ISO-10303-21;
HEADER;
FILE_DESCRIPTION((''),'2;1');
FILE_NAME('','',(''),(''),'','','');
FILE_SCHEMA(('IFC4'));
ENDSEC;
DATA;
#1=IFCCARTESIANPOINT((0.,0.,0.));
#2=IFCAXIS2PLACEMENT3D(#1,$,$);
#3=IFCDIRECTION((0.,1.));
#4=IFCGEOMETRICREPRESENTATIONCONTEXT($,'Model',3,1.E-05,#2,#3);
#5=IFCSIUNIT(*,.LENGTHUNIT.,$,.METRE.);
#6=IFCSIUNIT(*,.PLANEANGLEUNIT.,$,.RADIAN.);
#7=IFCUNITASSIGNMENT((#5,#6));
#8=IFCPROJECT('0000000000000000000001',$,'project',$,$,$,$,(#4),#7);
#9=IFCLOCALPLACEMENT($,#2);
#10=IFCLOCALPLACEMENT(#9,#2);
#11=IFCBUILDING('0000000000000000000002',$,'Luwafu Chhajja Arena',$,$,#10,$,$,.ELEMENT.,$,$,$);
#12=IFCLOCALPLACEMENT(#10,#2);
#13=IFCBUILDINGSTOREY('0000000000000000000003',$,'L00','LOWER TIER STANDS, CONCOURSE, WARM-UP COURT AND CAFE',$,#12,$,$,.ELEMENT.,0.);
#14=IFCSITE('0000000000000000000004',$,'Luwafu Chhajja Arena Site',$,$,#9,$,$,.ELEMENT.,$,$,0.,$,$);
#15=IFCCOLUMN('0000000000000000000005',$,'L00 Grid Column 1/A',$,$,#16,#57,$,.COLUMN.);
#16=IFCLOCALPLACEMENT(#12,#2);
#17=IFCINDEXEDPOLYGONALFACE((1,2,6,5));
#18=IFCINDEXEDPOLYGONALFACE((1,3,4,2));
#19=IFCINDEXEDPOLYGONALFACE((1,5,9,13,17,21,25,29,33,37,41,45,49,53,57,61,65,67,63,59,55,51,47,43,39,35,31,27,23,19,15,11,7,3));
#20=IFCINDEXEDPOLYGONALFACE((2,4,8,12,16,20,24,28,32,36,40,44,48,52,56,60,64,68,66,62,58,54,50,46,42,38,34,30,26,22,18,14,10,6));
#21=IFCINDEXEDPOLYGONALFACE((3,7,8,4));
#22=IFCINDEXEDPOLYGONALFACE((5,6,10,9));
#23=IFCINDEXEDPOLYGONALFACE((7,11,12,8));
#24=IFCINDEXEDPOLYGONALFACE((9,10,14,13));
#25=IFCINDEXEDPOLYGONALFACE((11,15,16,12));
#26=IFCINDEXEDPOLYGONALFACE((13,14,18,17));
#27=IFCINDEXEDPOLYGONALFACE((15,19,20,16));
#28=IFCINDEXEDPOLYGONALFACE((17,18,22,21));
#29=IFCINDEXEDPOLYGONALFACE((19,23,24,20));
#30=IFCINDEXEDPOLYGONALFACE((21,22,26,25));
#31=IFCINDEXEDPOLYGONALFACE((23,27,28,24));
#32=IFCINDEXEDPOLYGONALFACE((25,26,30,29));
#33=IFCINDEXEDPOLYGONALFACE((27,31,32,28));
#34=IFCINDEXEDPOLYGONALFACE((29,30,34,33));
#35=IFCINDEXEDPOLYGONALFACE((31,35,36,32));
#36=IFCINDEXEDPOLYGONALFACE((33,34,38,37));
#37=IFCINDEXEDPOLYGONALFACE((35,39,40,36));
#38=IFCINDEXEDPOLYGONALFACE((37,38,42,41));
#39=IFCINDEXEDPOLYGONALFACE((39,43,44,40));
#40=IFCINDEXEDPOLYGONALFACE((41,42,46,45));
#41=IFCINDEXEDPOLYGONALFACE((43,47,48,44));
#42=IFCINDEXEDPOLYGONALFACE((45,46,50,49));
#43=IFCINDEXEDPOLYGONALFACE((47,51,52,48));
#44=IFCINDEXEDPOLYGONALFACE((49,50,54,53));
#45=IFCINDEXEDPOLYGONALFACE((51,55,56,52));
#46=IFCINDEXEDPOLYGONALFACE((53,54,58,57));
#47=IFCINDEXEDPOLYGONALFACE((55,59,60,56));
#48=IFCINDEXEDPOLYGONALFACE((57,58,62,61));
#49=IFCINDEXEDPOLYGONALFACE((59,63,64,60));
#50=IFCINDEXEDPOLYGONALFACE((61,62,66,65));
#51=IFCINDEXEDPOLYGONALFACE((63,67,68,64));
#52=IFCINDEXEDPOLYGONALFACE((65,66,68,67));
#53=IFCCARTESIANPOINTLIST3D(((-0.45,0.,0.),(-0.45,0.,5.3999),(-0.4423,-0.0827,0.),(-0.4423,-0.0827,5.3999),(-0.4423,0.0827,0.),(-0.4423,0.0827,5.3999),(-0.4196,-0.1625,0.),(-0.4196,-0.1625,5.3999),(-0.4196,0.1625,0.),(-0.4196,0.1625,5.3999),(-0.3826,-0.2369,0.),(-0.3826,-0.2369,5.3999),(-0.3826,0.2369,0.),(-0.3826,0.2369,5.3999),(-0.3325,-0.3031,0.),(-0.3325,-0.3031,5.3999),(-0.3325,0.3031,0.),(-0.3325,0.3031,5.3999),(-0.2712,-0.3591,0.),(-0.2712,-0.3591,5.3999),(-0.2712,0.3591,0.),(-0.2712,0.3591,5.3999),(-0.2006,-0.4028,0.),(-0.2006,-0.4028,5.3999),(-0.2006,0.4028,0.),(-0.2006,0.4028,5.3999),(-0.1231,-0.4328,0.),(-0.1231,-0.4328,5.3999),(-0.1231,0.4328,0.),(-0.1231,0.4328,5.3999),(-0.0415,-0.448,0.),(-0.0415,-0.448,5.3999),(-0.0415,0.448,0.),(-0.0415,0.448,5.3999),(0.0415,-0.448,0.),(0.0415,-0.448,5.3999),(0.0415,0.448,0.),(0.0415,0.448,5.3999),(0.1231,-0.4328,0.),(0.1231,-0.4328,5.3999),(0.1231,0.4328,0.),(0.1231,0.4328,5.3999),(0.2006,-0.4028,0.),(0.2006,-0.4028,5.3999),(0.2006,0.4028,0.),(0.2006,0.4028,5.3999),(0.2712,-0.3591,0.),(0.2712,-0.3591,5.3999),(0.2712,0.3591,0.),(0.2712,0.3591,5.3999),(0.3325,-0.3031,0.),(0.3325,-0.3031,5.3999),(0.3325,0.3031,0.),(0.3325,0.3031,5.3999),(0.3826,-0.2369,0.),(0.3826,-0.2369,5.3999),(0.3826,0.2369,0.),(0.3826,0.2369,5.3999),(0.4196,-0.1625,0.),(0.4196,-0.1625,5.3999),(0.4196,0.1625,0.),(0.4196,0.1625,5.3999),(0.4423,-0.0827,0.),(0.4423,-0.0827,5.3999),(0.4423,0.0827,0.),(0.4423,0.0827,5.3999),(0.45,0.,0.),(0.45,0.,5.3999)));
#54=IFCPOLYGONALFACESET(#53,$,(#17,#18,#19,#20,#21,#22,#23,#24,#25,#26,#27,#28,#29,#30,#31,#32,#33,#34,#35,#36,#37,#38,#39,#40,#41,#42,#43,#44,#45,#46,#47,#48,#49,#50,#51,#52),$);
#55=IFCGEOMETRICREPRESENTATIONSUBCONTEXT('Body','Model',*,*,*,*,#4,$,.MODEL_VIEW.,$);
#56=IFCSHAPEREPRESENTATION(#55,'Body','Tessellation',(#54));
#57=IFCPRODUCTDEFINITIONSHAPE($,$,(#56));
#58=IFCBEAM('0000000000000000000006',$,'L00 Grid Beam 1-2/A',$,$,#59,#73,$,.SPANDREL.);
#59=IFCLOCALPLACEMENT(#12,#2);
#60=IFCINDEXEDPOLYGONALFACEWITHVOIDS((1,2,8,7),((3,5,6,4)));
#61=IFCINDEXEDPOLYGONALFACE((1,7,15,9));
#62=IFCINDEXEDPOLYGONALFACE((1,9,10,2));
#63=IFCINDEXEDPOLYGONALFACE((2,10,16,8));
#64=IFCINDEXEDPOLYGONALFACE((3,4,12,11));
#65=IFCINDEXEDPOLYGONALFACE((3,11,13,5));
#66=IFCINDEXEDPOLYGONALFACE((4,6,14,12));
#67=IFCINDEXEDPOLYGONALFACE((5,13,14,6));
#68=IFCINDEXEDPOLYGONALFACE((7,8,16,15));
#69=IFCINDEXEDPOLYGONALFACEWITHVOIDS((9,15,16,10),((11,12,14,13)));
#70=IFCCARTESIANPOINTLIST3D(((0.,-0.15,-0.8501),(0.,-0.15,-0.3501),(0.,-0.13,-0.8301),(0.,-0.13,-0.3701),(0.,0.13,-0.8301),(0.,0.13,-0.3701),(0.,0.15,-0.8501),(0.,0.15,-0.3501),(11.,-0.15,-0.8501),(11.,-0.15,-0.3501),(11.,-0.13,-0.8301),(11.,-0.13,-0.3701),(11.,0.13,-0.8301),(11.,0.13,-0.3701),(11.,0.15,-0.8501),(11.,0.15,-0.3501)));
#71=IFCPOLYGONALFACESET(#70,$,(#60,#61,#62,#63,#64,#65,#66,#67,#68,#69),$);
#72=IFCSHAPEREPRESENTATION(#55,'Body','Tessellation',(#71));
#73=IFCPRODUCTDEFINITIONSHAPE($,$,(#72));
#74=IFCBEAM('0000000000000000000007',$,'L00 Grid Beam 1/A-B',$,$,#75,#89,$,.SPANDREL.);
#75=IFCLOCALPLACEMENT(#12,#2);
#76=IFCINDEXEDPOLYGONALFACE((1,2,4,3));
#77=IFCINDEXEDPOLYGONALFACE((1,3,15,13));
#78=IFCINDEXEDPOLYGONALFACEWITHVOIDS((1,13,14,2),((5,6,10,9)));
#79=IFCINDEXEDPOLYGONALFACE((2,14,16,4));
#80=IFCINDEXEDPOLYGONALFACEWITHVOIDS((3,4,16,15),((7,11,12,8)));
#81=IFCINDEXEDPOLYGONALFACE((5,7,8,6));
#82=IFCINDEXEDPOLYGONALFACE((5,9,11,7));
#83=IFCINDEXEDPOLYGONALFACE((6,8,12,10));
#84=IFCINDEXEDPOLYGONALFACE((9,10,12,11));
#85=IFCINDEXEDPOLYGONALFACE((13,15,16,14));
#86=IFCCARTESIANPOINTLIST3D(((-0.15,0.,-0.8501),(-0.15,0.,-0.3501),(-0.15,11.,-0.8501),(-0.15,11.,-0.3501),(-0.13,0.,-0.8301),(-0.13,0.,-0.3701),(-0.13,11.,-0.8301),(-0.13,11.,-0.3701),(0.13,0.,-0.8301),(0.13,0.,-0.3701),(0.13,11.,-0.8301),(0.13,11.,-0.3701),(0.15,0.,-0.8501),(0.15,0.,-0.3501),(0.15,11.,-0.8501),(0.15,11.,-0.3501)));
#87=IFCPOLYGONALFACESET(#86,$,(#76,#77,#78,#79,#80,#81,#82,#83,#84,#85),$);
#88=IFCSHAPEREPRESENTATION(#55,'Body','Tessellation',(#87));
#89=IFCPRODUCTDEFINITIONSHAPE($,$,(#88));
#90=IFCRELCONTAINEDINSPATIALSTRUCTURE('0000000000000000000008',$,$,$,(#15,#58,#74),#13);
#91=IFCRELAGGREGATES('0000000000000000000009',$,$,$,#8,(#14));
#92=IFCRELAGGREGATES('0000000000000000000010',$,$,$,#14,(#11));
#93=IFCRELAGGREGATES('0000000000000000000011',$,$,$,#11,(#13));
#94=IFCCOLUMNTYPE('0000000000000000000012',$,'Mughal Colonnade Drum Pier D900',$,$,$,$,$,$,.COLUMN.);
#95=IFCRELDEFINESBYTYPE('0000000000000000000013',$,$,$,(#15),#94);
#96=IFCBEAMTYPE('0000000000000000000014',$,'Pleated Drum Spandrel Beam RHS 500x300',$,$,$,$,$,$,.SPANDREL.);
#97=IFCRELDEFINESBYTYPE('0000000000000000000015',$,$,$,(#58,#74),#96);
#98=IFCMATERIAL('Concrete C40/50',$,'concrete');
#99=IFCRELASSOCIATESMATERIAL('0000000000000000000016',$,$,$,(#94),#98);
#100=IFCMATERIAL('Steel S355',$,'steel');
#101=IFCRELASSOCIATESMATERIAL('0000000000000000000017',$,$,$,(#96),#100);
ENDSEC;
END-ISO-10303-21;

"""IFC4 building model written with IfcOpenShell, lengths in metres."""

from ifc_helpers import new_model, si_unit, direction, frame, origin, origin_with_axes, origin_2d, place, context, subcontext, project, spatial, hollow_rectangle, circle, extrude, material, material_profile, profile_set, type_object, element, save


model = new_model("IFC4")

# Units and contexts
model_context = context("Model", 3, precision=1e-05, world=origin(), true_north=direction((0.0, 1.0)))
body_context = subcontext(model_context, "Body", "Model", "MODEL_VIEW")
ifc_project = project(units=[si_unit("LENGTHUNIT", "METRE"), si_unit("PLANEANGLEUNIT", "RADIAN")], contexts=[model_context])

# Site, building, storey
site_placement = place(None, origin())
site = spatial("IfcSite", under=ifc_project, at=site_placement, Name="Luwafu Chhajja Arena Site", CompositionType="ELEMENT", RefElevation=0.0)
building_placement = place(site_placement, origin())
building = spatial("IfcBuilding", under=site, at=building_placement, Name="Luwafu Chhajja Arena", CompositionType="ELEMENT")
storey_placement = place(building_placement, origin())
storey = spatial("IfcBuildingStorey", under=building, at=storey_placement, Name="L00", Description="LOWER TIER STANDS, CONCOURSE, WARM-UP COURT AND CAFE", CompositionType="ELEMENT", Elevation=0.0)

# Column
ifc_material_1 = material(Name="Concrete C40/50", Category="concrete")
ifc_material_profile_1 = material_profile(ifc_material_1, circle(Radius=0.45, at=origin_2d()), Name="RC COL D900")
ifc_profile_set_1 = profile_set([ifc_material_profile_1], Name="Concrete C40/50")
column_type = type_object("IfcColumnType", Name="Mughal Colonnade Drum Pier D900", PredefinedType="COLUMN", material=ifc_profile_set_1)
column_placement = place(storey_placement, origin_with_axes())
element("IfcColumn", 1, at=column_placement, inside=storey, type_object=column_type, Name="L00 Grid Column 1/A", PredefinedType="COLUMN", context=body_context, shape_type="SweptSolid", body=[
    extrude(circle(Radius=0.45, at=origin_2d()), origin(), (0.0, 0.0, 1.0), 5.3999),
])

# Beams
ifc_material_2 = material(Name="Steel S355", Category="steel")
ifc_material_profile_2 = material_profile(ifc_material_2, hollow_rectangle(XDim=0.3, YDim=0.5, WallThickness=0.02, at=origin_2d()), Name="RHS 500x300x20")
ifc_profile_set_2 = profile_set([ifc_material_profile_2], Name="Steel S355")
beam_type = type_object("IfcBeamType", Name="Pleated Drum Spandrel Beam RHS 500x300", PredefinedType="SPANDREL", material=ifc_profile_set_2)
for number, where, z_axis, x_axis, name in (
    (2, (0.0, 0.0, -0.6001), (1.0, 0.0, 0.0), (0.0, 1.0, 0.0), "L00 Grid Beam 1-2/A"),
    (3, (0.0, 0.0, -0.6001), (0.0, 1.0, 0.0), (-1.0, 0.0, 0.0), "L00 Grid Beam 1/A-B"),
):
    element("IfcBeam", number, at=place(storey_placement, frame(where, z_axis=z_axis, x_axis=x_axis)), inside=storey, type_object=beam_type, Name=name, PredefinedType="SPANDREL", context=body_context, shape_type="SweptSolid", body=[
        extrude(hollow_rectangle(XDim=0.3, YDim=0.5, WallThickness=0.02, at=origin_2d()), origin(), (0.0, 0.0, 1.0), 11.0),
    ])

save(model, "model.ifc")
